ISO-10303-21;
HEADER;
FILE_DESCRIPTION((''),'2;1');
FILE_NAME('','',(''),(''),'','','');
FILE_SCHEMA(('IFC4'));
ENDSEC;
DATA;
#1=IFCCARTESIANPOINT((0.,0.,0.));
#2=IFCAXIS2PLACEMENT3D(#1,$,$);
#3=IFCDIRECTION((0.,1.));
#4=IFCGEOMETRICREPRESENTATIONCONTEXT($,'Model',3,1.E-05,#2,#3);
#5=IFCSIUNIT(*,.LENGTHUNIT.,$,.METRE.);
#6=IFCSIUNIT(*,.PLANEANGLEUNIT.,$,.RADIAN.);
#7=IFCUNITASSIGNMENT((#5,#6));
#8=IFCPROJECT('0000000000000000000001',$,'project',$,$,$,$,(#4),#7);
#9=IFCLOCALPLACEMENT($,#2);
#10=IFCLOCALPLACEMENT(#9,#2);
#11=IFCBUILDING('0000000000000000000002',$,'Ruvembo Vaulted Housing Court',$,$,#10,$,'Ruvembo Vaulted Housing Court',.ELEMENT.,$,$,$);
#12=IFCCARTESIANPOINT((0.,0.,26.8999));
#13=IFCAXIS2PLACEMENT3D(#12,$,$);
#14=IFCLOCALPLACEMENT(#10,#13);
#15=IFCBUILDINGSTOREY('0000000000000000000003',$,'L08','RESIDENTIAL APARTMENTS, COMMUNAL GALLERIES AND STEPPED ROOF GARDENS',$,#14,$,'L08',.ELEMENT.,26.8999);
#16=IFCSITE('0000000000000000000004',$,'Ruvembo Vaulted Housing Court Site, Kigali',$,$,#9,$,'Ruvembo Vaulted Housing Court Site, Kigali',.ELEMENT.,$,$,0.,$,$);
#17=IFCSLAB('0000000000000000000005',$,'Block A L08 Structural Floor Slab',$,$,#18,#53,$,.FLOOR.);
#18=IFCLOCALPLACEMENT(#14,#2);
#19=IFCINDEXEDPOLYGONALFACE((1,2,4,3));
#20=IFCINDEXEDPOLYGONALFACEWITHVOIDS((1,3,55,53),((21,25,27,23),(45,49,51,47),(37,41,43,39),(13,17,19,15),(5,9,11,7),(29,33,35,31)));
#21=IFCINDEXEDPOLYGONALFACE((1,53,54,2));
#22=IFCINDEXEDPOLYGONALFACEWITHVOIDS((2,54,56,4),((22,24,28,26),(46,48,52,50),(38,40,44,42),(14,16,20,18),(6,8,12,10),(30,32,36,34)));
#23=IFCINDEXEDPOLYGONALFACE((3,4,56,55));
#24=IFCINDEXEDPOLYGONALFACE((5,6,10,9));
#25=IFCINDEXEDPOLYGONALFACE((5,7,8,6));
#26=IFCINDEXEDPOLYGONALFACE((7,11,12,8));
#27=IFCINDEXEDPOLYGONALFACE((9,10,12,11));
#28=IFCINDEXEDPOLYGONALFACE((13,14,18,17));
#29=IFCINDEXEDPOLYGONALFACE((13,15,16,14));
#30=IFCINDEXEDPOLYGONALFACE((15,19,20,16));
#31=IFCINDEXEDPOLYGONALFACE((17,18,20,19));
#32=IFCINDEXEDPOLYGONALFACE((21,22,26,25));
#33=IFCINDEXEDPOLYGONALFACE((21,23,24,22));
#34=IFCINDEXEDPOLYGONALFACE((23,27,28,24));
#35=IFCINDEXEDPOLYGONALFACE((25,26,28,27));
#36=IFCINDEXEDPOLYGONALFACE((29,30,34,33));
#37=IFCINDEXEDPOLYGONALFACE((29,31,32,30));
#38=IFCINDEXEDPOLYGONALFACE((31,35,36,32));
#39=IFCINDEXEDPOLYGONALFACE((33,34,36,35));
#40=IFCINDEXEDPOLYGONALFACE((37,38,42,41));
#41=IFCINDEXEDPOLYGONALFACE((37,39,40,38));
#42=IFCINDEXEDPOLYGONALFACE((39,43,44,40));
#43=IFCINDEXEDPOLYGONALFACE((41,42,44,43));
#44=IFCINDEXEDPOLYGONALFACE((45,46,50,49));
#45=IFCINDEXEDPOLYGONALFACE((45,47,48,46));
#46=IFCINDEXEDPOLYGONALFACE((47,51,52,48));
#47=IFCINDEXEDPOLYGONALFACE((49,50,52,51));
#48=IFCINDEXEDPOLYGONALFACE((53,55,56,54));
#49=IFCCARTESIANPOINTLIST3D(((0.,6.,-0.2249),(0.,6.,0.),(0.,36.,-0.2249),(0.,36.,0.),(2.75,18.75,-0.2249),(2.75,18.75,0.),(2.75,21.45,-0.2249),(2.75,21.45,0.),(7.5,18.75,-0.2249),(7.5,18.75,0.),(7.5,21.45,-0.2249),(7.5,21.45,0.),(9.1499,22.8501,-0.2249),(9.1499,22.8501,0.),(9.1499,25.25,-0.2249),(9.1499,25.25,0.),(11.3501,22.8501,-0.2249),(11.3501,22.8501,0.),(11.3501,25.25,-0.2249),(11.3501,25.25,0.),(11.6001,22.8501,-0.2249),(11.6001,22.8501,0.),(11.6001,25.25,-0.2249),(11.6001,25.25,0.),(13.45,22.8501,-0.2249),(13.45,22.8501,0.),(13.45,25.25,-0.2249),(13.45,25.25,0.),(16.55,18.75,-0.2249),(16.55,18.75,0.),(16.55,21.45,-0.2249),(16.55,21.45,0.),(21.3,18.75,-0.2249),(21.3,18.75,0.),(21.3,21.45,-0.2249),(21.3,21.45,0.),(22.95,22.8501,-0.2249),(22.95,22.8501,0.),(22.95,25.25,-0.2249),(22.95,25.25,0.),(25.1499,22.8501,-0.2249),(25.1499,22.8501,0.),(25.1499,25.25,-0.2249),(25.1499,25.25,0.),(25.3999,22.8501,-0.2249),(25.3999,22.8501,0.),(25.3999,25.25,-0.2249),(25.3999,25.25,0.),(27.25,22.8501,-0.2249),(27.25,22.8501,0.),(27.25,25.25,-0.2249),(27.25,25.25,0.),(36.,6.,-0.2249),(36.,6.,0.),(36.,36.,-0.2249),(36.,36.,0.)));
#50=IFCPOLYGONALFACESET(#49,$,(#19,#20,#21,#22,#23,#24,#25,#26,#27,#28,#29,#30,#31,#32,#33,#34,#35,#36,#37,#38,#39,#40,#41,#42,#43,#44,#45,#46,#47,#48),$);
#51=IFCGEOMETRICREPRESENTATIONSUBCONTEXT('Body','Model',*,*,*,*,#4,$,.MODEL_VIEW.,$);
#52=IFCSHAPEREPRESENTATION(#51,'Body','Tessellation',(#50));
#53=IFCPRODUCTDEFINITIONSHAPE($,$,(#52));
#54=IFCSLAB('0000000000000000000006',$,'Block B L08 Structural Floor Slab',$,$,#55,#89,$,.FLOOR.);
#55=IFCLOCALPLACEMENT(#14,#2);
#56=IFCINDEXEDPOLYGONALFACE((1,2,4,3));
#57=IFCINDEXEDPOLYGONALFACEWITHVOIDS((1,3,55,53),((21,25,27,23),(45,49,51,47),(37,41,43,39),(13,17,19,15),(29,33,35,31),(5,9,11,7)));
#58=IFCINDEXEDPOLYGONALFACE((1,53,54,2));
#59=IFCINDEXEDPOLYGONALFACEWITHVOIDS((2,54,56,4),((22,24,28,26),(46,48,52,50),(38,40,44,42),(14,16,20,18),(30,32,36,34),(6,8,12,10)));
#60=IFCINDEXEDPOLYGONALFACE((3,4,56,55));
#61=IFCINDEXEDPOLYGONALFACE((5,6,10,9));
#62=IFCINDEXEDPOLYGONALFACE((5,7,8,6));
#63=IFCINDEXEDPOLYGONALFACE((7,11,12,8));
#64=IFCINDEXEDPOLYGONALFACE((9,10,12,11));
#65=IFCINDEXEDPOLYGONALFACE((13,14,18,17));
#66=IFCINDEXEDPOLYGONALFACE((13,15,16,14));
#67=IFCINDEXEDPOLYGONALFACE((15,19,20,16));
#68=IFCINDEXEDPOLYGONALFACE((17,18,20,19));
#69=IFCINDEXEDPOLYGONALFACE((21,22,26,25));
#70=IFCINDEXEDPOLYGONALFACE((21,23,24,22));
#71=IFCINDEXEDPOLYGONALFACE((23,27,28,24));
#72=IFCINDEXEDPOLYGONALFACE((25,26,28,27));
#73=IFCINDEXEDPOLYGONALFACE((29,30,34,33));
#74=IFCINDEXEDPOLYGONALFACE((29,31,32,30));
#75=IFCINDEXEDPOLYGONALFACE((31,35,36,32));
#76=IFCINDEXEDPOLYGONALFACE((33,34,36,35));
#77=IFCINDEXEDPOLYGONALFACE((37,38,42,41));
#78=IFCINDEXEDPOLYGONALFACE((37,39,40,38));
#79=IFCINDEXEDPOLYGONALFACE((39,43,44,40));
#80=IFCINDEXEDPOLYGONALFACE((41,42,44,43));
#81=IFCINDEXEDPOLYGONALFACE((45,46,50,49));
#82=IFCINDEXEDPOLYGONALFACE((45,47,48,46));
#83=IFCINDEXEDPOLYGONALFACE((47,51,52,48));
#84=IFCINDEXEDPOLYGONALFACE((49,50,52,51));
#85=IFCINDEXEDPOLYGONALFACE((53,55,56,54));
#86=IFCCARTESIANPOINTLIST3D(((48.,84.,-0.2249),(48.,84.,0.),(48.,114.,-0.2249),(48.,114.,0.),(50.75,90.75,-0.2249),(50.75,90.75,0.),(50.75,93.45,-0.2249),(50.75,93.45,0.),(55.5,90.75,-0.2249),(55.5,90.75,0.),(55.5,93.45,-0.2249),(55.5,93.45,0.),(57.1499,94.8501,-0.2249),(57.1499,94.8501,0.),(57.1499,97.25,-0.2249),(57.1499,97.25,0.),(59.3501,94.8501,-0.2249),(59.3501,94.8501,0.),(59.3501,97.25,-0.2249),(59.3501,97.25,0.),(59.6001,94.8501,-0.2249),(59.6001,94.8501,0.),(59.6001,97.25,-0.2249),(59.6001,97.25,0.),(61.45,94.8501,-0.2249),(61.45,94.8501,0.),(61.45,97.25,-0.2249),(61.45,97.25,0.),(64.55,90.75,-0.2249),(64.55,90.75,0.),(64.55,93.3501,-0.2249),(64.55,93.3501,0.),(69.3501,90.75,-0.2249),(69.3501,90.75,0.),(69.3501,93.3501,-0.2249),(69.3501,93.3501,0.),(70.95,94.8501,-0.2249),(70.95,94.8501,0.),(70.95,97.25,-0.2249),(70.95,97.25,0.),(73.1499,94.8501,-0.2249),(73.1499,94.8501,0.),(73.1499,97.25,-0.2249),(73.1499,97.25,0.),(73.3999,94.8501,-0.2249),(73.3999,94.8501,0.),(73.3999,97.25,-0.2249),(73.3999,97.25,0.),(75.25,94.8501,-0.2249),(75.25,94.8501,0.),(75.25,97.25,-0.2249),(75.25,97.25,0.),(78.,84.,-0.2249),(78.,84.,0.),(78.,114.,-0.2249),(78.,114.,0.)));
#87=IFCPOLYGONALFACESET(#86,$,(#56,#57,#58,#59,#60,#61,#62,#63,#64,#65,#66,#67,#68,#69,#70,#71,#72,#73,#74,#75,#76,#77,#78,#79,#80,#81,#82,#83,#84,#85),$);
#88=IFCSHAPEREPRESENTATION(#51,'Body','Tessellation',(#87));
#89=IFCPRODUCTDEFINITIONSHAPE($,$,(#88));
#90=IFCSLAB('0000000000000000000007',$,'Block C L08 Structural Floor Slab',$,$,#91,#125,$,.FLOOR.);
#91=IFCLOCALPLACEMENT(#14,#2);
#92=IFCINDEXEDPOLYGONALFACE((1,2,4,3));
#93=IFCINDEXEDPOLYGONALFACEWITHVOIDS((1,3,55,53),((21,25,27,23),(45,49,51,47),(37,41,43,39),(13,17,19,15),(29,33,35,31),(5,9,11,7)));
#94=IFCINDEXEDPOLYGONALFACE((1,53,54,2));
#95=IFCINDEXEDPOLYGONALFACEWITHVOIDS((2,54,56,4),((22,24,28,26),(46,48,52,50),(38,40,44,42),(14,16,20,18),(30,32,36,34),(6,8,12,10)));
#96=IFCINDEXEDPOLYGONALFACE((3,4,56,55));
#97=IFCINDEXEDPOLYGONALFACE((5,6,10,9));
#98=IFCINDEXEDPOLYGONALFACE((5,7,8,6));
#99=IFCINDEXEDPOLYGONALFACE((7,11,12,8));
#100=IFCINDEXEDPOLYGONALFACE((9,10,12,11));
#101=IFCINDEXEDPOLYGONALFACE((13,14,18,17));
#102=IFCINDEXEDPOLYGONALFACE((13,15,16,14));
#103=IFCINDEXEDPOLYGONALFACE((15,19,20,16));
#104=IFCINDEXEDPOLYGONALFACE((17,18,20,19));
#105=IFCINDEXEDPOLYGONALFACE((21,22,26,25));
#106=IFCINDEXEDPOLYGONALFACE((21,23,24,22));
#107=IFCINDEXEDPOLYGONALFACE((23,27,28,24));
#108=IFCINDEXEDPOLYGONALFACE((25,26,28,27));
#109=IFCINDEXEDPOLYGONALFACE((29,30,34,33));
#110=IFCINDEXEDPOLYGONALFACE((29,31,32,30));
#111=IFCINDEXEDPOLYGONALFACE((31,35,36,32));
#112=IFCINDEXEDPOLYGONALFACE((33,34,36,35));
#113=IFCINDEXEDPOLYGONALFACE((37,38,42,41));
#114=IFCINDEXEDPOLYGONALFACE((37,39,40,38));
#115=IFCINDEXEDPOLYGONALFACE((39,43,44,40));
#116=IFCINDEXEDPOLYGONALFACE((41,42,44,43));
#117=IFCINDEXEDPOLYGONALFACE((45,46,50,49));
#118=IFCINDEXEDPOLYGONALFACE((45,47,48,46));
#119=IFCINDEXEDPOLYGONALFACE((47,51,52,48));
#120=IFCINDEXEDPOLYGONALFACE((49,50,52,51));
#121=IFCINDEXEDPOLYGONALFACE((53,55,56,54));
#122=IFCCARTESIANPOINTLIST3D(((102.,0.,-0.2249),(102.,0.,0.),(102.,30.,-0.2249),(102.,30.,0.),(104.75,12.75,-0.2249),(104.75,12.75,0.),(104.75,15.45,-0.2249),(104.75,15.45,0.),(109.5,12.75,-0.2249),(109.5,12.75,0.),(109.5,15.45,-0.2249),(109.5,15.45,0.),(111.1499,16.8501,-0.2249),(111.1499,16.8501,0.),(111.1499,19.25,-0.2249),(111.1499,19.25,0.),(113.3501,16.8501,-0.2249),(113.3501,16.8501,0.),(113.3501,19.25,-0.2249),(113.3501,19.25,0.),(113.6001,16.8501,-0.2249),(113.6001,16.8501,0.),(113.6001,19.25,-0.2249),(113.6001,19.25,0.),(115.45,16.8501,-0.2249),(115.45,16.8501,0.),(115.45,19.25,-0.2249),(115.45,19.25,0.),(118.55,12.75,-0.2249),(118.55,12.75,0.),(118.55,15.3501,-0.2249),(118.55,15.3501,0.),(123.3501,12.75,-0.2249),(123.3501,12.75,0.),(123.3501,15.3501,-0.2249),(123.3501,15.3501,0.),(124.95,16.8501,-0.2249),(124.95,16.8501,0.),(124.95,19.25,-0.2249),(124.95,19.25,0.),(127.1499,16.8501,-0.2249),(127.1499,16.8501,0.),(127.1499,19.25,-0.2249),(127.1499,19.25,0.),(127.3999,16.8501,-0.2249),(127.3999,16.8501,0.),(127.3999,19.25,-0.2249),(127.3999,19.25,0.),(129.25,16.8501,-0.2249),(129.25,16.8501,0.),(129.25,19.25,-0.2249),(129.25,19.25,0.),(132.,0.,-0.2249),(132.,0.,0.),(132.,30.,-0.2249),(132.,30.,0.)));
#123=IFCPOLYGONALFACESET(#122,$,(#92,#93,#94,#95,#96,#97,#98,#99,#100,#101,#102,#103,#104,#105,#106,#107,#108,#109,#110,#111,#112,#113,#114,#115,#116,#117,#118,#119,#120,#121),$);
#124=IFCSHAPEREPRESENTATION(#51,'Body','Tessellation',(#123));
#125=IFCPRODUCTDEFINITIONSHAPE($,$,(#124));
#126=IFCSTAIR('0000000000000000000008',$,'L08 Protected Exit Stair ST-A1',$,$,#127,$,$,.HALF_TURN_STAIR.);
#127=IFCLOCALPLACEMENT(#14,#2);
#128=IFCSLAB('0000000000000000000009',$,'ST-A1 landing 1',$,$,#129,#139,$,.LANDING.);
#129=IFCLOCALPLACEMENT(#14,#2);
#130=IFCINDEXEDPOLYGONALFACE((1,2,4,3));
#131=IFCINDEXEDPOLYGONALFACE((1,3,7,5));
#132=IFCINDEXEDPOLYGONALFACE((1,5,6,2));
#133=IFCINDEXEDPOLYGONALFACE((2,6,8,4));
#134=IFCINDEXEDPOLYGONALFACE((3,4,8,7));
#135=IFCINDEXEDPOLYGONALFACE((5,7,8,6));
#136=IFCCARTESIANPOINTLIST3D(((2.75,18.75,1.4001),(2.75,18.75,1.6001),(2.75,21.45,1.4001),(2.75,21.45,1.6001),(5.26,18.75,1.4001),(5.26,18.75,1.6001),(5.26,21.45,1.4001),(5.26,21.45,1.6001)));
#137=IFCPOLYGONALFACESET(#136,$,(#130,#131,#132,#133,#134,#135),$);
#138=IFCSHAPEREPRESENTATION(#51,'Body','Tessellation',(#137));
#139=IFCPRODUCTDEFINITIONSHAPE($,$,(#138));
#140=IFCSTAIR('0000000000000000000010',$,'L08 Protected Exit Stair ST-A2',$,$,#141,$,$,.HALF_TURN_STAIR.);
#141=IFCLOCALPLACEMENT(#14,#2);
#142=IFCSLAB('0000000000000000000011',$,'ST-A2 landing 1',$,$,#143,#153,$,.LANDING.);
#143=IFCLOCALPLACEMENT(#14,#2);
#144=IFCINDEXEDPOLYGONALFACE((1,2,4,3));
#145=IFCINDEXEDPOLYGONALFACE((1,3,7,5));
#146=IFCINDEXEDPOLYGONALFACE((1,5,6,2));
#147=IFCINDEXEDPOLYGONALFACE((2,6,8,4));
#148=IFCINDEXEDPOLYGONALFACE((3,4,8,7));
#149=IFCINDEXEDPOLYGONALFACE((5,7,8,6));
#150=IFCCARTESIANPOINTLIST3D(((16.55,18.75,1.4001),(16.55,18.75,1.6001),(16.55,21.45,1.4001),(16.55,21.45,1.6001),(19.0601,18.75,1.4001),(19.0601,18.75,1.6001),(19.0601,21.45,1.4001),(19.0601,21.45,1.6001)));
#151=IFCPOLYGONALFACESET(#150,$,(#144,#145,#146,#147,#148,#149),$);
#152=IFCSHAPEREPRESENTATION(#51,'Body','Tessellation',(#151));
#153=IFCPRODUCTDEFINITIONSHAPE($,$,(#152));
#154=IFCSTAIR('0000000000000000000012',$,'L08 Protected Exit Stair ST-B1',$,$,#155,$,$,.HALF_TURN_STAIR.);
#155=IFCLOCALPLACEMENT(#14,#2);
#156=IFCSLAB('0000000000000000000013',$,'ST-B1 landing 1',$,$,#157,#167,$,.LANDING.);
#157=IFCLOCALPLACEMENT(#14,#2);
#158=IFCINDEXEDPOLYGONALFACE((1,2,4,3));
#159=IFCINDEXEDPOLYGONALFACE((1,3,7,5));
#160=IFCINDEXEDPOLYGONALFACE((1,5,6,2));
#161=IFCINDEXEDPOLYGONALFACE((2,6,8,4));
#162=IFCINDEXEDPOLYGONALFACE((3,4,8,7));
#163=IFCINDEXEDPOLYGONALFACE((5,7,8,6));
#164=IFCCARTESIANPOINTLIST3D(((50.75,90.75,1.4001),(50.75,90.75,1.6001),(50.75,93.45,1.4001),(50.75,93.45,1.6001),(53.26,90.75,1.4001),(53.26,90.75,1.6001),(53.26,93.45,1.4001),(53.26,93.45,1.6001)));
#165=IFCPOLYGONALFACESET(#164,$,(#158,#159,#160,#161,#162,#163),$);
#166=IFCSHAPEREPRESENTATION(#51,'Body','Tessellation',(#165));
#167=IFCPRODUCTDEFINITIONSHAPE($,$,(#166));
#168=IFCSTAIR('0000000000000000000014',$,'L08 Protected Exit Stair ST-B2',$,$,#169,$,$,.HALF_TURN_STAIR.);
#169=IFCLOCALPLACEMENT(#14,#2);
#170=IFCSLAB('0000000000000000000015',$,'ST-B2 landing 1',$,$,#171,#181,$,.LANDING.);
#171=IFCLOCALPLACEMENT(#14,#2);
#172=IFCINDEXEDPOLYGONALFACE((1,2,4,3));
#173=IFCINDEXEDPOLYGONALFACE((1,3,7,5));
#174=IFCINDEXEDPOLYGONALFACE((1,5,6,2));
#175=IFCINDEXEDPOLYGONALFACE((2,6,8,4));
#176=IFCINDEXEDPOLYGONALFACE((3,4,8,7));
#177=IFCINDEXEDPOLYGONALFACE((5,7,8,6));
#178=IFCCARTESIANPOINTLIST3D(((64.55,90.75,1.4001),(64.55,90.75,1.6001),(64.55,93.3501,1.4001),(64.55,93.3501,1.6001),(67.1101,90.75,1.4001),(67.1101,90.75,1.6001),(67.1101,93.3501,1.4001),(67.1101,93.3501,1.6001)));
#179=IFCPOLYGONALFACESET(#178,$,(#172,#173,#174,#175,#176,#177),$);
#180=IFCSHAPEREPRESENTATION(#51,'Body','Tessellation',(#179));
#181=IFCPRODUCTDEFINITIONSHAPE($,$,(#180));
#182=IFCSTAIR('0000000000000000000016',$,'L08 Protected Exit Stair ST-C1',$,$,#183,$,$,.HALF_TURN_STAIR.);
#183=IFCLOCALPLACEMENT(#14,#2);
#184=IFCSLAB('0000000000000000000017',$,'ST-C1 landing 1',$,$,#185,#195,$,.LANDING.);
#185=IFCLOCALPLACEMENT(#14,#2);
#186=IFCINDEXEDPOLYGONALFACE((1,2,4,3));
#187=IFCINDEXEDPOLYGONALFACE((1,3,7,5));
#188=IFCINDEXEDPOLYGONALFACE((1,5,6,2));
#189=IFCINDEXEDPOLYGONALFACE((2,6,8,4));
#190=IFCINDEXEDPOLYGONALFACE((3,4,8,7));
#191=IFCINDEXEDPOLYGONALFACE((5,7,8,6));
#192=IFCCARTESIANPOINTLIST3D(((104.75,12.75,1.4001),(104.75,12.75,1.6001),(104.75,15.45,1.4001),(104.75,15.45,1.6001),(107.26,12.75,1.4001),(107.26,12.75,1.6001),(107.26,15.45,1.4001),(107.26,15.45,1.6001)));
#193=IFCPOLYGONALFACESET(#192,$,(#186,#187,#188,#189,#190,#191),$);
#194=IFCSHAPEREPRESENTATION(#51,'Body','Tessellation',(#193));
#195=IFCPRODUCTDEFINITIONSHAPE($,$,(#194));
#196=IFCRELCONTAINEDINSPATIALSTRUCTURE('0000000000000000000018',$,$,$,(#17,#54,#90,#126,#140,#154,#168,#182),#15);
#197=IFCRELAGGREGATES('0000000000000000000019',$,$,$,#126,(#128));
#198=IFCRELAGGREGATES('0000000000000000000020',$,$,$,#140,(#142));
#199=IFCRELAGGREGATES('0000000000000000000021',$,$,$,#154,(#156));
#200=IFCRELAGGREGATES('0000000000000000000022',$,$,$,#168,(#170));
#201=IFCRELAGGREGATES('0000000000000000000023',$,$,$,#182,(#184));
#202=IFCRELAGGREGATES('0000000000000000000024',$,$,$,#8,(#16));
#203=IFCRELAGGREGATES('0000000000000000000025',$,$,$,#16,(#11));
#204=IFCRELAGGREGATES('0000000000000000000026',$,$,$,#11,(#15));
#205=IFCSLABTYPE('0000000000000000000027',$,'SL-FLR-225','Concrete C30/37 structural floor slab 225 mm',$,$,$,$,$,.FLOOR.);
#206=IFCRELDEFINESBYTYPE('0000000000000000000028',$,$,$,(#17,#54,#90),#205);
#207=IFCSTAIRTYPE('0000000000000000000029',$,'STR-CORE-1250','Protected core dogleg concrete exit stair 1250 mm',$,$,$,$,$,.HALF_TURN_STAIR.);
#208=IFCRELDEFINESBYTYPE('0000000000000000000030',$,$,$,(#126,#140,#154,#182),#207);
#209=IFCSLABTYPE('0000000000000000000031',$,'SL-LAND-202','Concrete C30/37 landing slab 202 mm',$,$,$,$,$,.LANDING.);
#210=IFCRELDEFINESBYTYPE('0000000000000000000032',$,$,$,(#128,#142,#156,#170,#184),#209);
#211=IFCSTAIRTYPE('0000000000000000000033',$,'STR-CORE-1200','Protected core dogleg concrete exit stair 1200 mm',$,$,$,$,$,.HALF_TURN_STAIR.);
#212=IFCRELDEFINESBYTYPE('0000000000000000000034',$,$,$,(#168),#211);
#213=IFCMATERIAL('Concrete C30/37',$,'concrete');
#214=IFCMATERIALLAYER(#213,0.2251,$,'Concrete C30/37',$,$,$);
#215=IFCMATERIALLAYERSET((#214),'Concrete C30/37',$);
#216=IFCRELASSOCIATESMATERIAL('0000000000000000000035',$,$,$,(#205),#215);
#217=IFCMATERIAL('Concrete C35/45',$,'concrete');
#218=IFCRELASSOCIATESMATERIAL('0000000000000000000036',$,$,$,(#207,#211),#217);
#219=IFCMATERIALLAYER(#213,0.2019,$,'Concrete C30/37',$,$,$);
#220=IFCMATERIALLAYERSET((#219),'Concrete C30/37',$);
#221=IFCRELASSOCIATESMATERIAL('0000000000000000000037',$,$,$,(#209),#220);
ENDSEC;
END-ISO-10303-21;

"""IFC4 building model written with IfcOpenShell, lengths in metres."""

from ifc_helpers import new_model, si_unit, direction, frame, origin, place, context, subcontext, project, spatial, polyline, outline, extrude, material, layer, layer_set, type_object, element, aggregate, save


model = new_model("IFC4")

# Units and contexts
model_context = context("Model", 3, precision=1e-05, world=origin(), true_north=direction((0.0, 1.0)))
body_context = subcontext(model_context, "Body", "Model", "MODEL_VIEW")
ifc_project = project(units=[si_unit("LENGTHUNIT", "METRE"), si_unit("PLANEANGLEUNIT", "RADIAN")], contexts=[model_context])

# Site, building, storey
site_placement = place(None, origin())
site = spatial("IfcSite", under=ifc_project, at=site_placement, Name="Ruvembo Vaulted Housing Court Site, Kigali", LongName="Ruvembo Vaulted Housing Court Site, Kigali", CompositionType="ELEMENT", RefElevation=0.0)
building_placement = place(site_placement, origin())
building = spatial("IfcBuilding", under=site, at=building_placement, Name="Ruvembo Vaulted Housing Court", LongName="Ruvembo Vaulted Housing Court", CompositionType="ELEMENT")
storey_placement = place(building_placement, frame((0.0, 0.0, 26.8999)))
storey = spatial("IfcBuildingStorey", under=building, at=storey_placement, Name="L08", Description="RESIDENTIAL APARTMENTS, COMMUNAL GALLERIES AND STEPPED ROOF GARDENS", LongName="L08", CompositionType="ELEMENT", Elevation=26.8999)

# Slabs
ifc_material_1 = material(Name="Concrete C30/37", Category="concrete")
ifc_layer_1 = layer(ifc_material_1, 0.2251, Name="Concrete C30/37")
ifc_layer_set_1 = layer_set([ifc_layer_1], Name="Concrete C30/37")
slab_type_1 = type_object("IfcSlabType", Name="SL-FLR-225", Description="Concrete C30/37 structural floor slab 225 mm", PredefinedType="FLOOR", material=ifc_layer_set_1)
slab_1_placement = place(storey_placement, frame((0.0, 0.0, -0.2249)))
element("IfcSlab", 1, at=slab_1_placement, inside=storey, type_object=slab_type_1, Name="Block A L08 Structural Floor Slab", PredefinedType="FLOOR", context=body_context, shape_type="SweptSolid", body=[
    extrude(outline(polyline([(36.0, 6.0), (36.0, 36.0), (0.0, 36.0), (0.0, 6.0), (36.0, 6.0)]), holes=[polyline([(7.5, 21.45), (2.75, 21.45), (2.75, 18.75), (7.5, 18.75), (7.5, 21.45)]), polyline([(9.1499, 22.8501), (11.3501, 22.8501), (11.3501, 25.25), (9.1499, 25.25), (9.1499, 22.8501)]), polyline([(11.6001, 22.8501), (13.45, 22.8501), (13.45, 25.25), (11.6001, 25.25), (11.6001, 22.8501)]), polyline([(21.3, 21.45), (16.55, 21.45), (16.55, 18.75), (21.3, 18.75), (21.3, 21.45)]), polyline([(22.95, 22.8501), (25.1499, 22.8501), (25.1499, 25.25), (22.95, 25.25), (22.95, 22.8501)]), polyline([(25.3999, 22.8501), (27.25, 22.8501), (27.25, 25.25), (25.3999, 25.25), (25.3999, 22.8501)])]), origin(), (0.0, 0.0, 1.0), 0.2249),
])
slab_2_placement = place(storey_placement, frame((0.0, 0.0, -0.2249)))
element("IfcSlab", 2, at=slab_2_placement, inside=storey, type_object=slab_type_1, Name="Block B L08 Structural Floor Slab", PredefinedType="FLOOR", context=body_context, shape_type="SweptSolid", body=[
    extrude(outline(polyline([(78.0, 84.0), (78.0, 114.0), (48.0, 114.0), (48.0, 84.0), (78.0, 84.0)]), holes=[polyline([(55.5, 93.45), (50.75, 93.45), (50.75, 90.75), (55.5, 90.75), (55.5, 93.45)]), polyline([(57.1499, 94.8501), (59.3501, 94.8501), (59.3501, 97.25), (57.1499, 97.25), (57.1499, 94.8501)]), polyline([(59.6001, 94.8501), (61.45, 94.8501), (61.45, 97.25), (59.6001, 97.25), (59.6001, 94.8501)]), polyline([(69.3501, 93.3501), (64.55, 93.3501), (64.55, 90.75), (69.3501, 90.75), (69.3501, 93.3501)]), polyline([(70.95, 94.8501), (73.1499, 94.8501), (73.1499, 97.25), (70.95, 97.25), (70.95, 94.8501)]), polyline([(73.3999, 94.8501), (75.25, 94.8501), (75.25, 97.25), (73.3999, 97.25), (73.3999, 94.8501)])]), origin(), (0.0, 0.0, 1.0), 0.2249),
])
slab_3_placement = place(storey_placement, frame((0.0, 0.0, -0.2249)))
element("IfcSlab", 3, at=slab_3_placement, inside=storey, type_object=slab_type_1, Name="Block C L08 Structural Floor Slab", PredefinedType="FLOOR", context=body_context, shape_type="SweptSolid", body=[
    extrude(outline(polyline([(132.0, 0.0), (132.0, 30.0), (102.0, 30.0), (102.0, 0.0), (132.0, 0.0)]), holes=[polyline([(109.5, 15.45), (104.75, 15.45), (104.75, 12.75), (109.5, 12.75), (109.5, 15.45)]), polyline([(111.1499, 16.8501), (113.3501, 16.8501), (113.3501, 19.25), (111.1499, 19.25), (111.1499, 16.8501)]), polyline([(113.6001, 16.8501), (115.45, 16.8501), (115.45, 19.25), (113.6001, 19.25), (113.6001, 16.8501)]), polyline([(123.3501, 15.3501), (118.55, 15.3501), (118.55, 12.75), (123.3501, 12.75), (123.3501, 15.3501)]), polyline([(124.95, 16.8501), (127.1499, 16.8501), (127.1499, 19.25), (124.95, 19.25), (124.95, 16.8501)]), polyline([(127.3999, 16.8501), (129.25, 16.8501), (129.25, 19.25), (127.3999, 19.25), (127.3999, 16.8501)])]), origin(), (0.0, 0.0, 1.0), 0.2249),
])

# Stairs, slabs
ifc_material_2 = material(Name="Concrete C35/45", Category="concrete")
stair_type_1 = type_object("IfcStairType", Name="STR-CORE-1250", Description="Protected core dogleg concrete exit stair 1250 mm", PredefinedType="HALF_TURN_STAIR", material=ifc_material_2)
stair_1_placement = place(storey_placement, origin())
stair_1 = element("IfcStair", 4, at=stair_1_placement, inside=storey, type_object=stair_type_1, Name="L08 Protected Exit Stair ST-A1", PredefinedType="HALF_TURN_STAIR")
ifc_layer_2 = layer(ifc_material_1, 0.2019, Name="Concrete C30/37")
ifc_layer_set_2 = layer_set([ifc_layer_2], Name="Concrete C30/37")
slab_type_2 = type_object("IfcSlabType", Name="SL-LAND-202", Description="Concrete C30/37 landing slab 202 mm", PredefinedType="LANDING", material=ifc_layer_set_2)
slab_4_placement = place(storey_placement, frame((0.0, 0.0, 1.4001)))
slab_4 = element("IfcSlab", 5, at=slab_4_placement, type_object=slab_type_2, Name="ST-A1 landing 1", PredefinedType="LANDING", context=body_context, shape_type="SweptSolid", body=[
    extrude(outline(polyline([(5.26, 21.45), (2.75, 21.45), (2.75, 18.75), (5.26, 18.75), (5.26, 21.45)])), origin(), (0.0, 0.0, 1.0), 0.2),
])
aggregate(stair_1, [slab_4])
stair_2_placement = place(storey_placement, origin())
stair_2 = element("IfcStair", 6, at=stair_2_placement, inside=storey, type_object=stair_type_1, Name="L08 Protected Exit Stair ST-A2", PredefinedType="HALF_TURN_STAIR")
slab_5_placement = place(storey_placement, frame((0.0, 0.0, 1.4001)))
slab_5 = element("IfcSlab", 7, at=slab_5_placement, type_object=slab_type_2, Name="ST-A2 landing 1", PredefinedType="LANDING", context=body_context, shape_type="SweptSolid", body=[
    extrude(outline(polyline([(19.0601, 21.45), (16.55, 21.45), (16.55, 18.75), (19.0601, 18.75), (19.0601, 21.45)])), origin(), (0.0, 0.0, 1.0), 0.2),
])
aggregate(stair_2, [slab_5])
stair_3_placement = place(storey_placement, origin())
stair_3 = element("IfcStair", 8, at=stair_3_placement, inside=storey, type_object=stair_type_1, Name="L08 Protected Exit Stair ST-B1", PredefinedType="HALF_TURN_STAIR")
slab_6_placement = place(storey_placement, frame((0.0, 0.0, 1.4001)))
slab_6 = element("IfcSlab", 9, at=slab_6_placement, type_object=slab_type_2, Name="ST-B1 landing 1", PredefinedType="LANDING", context=body_context, shape_type="SweptSolid", body=[
    extrude(outline(polyline([(53.26, 93.45), (50.75, 93.45), (50.75, 90.75), (53.26, 90.75), (53.26, 93.45)])), origin(), (0.0, 0.0, 1.0), 0.2),
])
aggregate(stair_3, [slab_6])
stair_type_2 = type_object("IfcStairType", Name="STR-CORE-1200", Description="Protected core dogleg concrete exit stair 1200 mm", PredefinedType="HALF_TURN_STAIR", material=ifc_material_2)
stair_4_placement = place(storey_placement, origin())
stair_4 = element("IfcStair", 10, at=stair_4_placement, inside=storey, type_object=stair_type_2, Name="L08 Protected Exit Stair ST-B2", PredefinedType="HALF_TURN_STAIR")
slab_7_placement = place(storey_placement, frame((0.0, 0.0, 1.4001)))
slab_7 = element("IfcSlab", 11, at=slab_7_placement, type_object=slab_type_2, Name="ST-B2 landing 1", PredefinedType="LANDING", context=body_context, shape_type="SweptSolid", body=[
    extrude(outline(polyline([(67.1101, 93.3501), (64.55, 93.3501), (64.55, 90.75), (67.1101, 90.75), (67.1101, 93.3501)])), origin(), (0.0, 0.0, 1.0), 0.2),
])
aggregate(stair_4, [slab_7])
stair_5_placement = place(storey_placement, origin())
stair_5 = element("IfcStair", 12, at=stair_5_placement, inside=storey, type_object=stair_type_1, Name="L08 Protected Exit Stair ST-C1", PredefinedType="HALF_TURN_STAIR")
slab_8_placement = place(storey_placement, frame((0.0, 0.0, 1.4001)))
slab_8 = element("IfcSlab", 13, at=slab_8_placement, type_object=slab_type_2, Name="ST-C1 landing 1", PredefinedType="LANDING", context=body_context, shape_type="SweptSolid", body=[
    extrude(outline(polyline([(107.26, 15.45), (104.75, 15.45), (104.75, 12.75), (107.26, 12.75), (107.26, 15.45)])), origin(), (0.0, 0.0, 1.0), 0.2),
])
aggregate(stair_5, [slab_8])

save(model, "model.ifc")
